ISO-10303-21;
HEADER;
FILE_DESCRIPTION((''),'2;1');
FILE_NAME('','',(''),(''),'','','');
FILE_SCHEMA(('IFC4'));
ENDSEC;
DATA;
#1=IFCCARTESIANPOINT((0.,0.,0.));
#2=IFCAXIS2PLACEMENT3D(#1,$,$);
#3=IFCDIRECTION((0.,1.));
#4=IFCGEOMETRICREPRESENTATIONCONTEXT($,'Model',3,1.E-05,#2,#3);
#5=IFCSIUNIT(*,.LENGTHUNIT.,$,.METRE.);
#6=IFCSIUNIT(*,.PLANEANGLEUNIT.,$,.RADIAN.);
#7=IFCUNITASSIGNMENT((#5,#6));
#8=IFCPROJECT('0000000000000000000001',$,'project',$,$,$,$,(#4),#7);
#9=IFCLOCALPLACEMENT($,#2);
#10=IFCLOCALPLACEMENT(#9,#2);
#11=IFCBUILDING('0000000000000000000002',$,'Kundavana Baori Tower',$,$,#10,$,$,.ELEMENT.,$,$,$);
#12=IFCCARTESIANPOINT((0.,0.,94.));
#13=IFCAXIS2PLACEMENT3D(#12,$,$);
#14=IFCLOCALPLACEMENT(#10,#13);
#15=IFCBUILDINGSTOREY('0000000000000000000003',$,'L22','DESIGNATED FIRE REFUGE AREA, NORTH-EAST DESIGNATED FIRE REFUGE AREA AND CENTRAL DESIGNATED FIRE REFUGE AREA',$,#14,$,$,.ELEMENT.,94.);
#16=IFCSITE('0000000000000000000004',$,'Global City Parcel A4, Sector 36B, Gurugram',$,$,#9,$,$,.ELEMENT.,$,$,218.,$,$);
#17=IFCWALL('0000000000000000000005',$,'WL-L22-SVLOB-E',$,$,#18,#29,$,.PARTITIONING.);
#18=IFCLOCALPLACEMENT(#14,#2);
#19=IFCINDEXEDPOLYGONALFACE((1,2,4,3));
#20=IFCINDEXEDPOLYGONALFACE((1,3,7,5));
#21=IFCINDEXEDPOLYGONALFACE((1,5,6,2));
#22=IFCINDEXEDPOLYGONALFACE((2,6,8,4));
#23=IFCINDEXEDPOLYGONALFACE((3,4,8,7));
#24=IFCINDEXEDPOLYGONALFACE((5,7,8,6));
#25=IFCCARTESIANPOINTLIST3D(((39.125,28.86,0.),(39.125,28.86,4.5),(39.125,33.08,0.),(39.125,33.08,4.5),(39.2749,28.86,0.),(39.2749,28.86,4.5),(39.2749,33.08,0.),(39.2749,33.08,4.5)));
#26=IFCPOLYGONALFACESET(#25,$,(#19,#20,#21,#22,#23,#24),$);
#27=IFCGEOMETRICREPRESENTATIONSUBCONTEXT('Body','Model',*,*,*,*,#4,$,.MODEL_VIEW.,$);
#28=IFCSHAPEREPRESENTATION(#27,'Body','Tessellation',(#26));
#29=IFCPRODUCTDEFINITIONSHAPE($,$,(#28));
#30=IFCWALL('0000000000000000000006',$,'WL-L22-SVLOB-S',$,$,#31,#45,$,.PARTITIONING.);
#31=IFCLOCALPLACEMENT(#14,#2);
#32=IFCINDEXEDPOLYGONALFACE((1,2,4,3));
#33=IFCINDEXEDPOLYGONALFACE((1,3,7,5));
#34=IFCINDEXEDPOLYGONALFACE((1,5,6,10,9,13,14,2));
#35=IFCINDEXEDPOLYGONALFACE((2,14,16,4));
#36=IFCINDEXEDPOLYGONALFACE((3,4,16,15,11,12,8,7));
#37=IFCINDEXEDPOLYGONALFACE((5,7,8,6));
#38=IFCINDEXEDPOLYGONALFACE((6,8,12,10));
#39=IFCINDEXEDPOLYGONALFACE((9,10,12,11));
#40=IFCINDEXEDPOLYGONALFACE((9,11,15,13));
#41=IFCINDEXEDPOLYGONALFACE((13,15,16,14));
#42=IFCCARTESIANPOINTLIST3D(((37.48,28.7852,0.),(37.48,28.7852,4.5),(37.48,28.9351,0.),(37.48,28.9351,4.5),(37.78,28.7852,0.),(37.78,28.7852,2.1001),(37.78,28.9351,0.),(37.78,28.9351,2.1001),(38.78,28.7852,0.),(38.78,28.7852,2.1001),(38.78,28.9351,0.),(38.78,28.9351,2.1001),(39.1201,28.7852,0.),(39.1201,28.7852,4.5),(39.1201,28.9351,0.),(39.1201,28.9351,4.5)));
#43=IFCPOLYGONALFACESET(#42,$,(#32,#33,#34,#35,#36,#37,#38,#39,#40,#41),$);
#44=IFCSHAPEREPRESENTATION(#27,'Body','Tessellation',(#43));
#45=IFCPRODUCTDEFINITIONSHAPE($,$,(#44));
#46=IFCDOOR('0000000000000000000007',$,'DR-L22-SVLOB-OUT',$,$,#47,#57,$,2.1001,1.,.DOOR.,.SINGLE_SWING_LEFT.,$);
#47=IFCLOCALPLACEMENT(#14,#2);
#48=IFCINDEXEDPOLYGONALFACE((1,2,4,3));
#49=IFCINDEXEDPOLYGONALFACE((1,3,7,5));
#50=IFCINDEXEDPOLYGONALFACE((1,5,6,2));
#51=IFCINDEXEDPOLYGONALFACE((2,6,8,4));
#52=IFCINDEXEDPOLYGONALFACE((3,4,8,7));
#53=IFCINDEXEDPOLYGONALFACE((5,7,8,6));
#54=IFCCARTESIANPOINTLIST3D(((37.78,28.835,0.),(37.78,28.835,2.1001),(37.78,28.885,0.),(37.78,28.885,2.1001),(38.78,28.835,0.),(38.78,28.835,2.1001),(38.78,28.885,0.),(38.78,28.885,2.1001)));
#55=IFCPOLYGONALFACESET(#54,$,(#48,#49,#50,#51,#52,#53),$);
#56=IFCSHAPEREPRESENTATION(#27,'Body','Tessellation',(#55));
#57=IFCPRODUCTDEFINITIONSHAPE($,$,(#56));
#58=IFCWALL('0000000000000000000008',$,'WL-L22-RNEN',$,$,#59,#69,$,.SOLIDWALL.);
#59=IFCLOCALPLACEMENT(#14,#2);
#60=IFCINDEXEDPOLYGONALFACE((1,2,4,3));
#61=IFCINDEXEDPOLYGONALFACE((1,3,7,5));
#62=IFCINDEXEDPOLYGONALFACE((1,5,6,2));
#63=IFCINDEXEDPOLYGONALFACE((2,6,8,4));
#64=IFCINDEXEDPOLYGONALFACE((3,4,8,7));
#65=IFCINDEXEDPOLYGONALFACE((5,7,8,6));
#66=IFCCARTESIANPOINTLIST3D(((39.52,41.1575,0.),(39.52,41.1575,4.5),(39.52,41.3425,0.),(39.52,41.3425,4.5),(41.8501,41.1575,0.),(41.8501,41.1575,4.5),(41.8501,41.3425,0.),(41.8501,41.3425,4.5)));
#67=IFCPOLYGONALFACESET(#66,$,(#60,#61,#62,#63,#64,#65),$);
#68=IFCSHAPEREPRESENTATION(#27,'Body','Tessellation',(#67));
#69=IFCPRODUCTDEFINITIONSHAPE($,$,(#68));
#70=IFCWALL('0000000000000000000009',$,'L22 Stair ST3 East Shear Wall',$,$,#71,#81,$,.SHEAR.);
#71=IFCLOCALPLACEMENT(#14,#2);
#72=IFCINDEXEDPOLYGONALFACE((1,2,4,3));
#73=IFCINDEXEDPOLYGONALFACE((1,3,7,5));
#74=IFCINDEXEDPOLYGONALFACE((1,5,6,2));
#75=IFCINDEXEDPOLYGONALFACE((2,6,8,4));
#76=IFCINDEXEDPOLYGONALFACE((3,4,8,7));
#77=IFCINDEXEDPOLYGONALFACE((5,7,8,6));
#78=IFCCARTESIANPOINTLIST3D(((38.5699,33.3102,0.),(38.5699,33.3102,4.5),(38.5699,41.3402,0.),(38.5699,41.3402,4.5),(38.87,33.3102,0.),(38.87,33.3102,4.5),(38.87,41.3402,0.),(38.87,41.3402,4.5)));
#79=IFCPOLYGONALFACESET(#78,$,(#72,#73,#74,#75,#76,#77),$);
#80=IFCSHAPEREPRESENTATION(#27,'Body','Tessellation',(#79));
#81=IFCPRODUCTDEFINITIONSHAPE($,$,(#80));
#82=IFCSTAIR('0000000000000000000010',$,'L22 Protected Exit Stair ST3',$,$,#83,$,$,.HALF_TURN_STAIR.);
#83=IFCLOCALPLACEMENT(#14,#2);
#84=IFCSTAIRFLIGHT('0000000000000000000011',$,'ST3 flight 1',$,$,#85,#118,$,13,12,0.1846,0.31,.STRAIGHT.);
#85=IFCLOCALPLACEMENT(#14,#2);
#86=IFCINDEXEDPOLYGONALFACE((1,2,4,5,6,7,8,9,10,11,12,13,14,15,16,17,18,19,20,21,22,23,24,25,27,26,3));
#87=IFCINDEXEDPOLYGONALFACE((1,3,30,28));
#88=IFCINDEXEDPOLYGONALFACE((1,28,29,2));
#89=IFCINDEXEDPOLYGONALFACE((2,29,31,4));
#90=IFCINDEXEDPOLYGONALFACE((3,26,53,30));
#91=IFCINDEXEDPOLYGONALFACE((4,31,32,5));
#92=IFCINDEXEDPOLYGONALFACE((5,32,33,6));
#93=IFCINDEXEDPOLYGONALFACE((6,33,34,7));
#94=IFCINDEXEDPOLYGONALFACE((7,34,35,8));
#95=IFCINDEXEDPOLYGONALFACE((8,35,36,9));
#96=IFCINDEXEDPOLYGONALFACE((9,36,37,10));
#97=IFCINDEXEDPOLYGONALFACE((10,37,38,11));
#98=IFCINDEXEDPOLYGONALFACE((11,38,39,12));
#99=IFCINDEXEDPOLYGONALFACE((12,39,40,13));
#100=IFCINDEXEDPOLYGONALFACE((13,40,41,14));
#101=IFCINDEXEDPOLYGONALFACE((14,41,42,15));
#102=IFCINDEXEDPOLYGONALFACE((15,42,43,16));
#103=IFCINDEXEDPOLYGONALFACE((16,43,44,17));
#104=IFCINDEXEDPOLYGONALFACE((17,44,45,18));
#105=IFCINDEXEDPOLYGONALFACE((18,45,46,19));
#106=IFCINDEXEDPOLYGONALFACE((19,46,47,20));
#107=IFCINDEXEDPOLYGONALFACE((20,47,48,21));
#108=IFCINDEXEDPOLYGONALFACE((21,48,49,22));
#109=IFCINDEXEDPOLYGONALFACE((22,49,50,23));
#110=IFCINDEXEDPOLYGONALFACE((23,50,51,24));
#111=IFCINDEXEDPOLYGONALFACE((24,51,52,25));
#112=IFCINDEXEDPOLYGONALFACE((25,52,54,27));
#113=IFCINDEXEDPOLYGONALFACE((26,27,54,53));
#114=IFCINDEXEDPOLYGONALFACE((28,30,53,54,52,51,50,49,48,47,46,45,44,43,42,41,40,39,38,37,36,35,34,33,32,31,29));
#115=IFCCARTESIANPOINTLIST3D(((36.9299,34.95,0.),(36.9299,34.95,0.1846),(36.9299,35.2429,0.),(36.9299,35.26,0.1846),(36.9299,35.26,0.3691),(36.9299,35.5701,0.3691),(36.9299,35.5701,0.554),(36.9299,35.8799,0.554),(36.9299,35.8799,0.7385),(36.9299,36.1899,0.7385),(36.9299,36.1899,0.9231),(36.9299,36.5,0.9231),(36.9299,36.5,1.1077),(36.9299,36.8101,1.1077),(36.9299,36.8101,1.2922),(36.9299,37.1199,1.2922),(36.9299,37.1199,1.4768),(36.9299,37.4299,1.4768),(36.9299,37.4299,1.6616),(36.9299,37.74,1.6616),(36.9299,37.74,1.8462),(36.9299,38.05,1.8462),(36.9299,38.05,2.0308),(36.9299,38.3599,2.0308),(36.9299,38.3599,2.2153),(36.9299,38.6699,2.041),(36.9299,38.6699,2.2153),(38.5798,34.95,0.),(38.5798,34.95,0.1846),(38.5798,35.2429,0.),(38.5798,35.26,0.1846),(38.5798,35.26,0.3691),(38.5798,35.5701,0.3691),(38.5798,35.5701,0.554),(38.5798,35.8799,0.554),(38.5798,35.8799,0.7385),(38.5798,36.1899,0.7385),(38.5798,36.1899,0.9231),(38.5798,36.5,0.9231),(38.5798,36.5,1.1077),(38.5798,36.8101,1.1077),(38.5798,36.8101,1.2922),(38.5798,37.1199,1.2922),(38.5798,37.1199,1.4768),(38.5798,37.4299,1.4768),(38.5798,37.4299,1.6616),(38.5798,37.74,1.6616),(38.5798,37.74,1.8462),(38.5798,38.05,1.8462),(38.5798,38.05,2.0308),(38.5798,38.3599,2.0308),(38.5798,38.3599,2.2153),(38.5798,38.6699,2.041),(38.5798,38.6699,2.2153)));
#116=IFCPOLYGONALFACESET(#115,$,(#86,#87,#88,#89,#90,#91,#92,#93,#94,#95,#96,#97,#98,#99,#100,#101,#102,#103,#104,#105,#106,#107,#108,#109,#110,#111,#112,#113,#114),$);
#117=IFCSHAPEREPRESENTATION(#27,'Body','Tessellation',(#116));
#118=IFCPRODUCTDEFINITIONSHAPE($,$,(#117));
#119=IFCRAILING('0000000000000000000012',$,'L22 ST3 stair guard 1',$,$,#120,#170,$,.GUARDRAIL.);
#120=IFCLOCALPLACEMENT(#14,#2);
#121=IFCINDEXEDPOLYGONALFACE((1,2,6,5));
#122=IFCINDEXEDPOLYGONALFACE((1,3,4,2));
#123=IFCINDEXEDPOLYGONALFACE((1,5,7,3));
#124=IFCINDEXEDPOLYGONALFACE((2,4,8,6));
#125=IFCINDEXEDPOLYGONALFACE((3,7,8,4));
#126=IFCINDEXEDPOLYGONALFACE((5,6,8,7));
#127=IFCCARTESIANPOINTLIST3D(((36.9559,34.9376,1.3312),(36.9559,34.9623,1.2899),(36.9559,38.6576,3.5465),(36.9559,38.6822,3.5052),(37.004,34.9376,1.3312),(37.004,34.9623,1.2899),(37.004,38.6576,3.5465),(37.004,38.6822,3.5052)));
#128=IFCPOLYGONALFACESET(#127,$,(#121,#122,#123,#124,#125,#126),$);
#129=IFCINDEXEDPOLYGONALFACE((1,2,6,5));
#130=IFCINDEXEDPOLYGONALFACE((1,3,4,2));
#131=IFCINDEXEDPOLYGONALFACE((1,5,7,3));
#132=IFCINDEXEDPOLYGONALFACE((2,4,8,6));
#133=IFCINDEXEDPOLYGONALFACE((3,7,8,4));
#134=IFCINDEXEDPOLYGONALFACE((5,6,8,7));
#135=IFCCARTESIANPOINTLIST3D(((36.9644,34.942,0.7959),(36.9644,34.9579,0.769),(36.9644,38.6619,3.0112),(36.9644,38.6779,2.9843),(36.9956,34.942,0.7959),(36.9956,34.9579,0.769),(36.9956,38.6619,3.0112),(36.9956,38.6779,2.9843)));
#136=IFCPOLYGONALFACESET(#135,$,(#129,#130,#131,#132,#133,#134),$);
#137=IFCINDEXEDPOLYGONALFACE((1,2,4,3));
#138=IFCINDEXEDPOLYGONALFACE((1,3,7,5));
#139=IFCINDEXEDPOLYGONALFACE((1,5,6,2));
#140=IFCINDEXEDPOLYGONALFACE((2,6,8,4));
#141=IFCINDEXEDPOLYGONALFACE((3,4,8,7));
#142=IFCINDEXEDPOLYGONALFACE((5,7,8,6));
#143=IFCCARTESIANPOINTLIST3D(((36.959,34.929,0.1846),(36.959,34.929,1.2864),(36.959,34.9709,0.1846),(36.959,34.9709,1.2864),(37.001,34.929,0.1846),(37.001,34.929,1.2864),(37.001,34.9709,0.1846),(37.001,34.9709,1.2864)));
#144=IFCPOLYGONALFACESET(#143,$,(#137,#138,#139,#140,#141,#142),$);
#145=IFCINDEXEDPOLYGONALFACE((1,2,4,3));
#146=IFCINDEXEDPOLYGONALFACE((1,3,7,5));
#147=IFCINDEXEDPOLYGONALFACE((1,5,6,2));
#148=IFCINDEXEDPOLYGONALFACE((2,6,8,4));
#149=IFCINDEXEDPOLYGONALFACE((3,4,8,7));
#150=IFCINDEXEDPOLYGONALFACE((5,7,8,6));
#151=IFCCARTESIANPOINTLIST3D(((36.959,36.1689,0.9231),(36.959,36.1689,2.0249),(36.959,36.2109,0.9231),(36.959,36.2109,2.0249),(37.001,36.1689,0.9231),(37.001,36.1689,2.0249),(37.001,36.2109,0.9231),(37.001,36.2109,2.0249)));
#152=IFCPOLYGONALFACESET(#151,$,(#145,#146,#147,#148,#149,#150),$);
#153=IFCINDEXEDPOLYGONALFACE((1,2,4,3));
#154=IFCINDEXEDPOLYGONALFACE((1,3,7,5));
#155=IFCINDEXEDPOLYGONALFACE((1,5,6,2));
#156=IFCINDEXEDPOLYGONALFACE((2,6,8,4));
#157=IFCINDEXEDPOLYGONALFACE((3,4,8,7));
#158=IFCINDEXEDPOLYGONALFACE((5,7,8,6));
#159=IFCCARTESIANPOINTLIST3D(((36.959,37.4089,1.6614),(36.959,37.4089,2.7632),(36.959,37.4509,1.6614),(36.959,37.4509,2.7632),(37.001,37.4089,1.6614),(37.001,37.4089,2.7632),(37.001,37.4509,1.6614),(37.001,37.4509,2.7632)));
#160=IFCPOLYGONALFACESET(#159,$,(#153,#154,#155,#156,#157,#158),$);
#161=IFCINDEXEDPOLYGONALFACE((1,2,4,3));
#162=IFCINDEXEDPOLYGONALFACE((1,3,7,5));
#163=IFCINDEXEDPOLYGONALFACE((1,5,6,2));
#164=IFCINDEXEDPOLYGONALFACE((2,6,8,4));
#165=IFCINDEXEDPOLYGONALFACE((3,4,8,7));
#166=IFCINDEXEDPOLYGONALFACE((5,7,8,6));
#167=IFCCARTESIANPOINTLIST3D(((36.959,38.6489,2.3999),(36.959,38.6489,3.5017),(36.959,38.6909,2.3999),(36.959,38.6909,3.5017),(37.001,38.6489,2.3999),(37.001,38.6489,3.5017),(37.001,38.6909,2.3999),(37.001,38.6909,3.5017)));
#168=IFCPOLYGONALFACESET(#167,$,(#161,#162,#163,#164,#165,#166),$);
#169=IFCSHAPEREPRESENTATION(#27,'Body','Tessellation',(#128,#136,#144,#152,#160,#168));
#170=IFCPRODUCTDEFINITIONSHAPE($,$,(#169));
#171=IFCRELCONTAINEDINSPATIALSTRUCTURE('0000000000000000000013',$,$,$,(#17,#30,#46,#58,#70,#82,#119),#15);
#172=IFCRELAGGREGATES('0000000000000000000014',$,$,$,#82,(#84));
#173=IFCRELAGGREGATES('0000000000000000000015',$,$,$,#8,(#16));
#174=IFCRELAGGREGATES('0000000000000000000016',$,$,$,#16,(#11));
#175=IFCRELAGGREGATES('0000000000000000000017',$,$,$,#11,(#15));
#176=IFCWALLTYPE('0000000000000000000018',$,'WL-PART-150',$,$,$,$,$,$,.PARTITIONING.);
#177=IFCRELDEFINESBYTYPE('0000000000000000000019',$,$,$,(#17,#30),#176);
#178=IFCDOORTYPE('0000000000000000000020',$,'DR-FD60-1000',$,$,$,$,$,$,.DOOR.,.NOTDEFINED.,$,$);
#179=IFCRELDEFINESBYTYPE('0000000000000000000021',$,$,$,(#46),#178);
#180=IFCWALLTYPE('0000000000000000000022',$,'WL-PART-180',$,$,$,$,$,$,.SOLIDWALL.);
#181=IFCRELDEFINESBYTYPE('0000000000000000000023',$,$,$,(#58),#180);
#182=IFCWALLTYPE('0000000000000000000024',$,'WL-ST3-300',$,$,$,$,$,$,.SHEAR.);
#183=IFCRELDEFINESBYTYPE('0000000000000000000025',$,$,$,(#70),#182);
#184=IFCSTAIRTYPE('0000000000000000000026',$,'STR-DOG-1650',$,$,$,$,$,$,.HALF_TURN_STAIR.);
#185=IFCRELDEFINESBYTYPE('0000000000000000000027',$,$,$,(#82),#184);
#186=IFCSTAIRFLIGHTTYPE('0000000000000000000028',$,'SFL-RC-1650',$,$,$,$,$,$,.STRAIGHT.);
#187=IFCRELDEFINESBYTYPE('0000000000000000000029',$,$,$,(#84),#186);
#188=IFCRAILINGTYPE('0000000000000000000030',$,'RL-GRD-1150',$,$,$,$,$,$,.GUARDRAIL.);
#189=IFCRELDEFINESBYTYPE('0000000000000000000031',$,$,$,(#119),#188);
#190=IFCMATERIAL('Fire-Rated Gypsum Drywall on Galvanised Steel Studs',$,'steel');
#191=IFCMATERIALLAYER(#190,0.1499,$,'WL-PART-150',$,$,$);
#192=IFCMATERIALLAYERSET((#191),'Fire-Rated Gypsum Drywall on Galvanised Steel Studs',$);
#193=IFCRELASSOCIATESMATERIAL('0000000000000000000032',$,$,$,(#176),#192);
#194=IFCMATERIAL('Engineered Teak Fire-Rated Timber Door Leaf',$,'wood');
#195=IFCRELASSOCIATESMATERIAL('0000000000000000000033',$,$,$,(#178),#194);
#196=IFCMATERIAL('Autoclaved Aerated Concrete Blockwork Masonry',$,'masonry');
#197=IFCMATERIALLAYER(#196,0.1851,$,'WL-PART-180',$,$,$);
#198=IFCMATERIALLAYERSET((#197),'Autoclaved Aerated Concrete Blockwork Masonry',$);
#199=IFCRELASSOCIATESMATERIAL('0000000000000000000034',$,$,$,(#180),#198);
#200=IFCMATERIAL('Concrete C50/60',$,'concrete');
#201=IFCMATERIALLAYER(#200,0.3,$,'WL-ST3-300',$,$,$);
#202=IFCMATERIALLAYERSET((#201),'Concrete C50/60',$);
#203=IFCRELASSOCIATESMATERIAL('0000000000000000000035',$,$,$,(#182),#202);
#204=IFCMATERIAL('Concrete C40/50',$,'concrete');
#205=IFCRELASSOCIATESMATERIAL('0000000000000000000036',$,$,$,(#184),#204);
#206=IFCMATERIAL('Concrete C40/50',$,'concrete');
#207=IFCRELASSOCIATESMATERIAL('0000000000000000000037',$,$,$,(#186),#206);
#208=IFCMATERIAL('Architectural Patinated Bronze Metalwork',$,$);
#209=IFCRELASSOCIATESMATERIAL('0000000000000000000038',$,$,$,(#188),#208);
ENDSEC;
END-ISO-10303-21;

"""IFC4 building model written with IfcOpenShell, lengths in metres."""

from ifc_helpers import new_model, si_unit, direction, frame, frame_2d, origin, origin_2d, place, context, subcontext, project, spatial, polyline, rectangle, outline, extrude, material, layer, layer_set, type_object, element, fill, aggregate, save


model = new_model("IFC4")

# Units and contexts
model_context = context("Model", 3, precision=1e-05, world=origin(), true_north=direction((0.0, 1.0)))
body_context = subcontext(model_context, "Body", "Model", "MODEL_VIEW")
ifc_project = project(units=[si_unit("LENGTHUNIT", "METRE"), si_unit("PLANEANGLEUNIT", "RADIAN")], contexts=[model_context])

# Site, building, storey
site_placement = place(None, origin())
site = spatial("IfcSite", under=ifc_project, at=site_placement, Name="Global City Parcel A4, Sector 36B, Gurugram", CompositionType="ELEMENT", RefElevation=218.0)
building_placement = place(site_placement, origin())
building = spatial("IfcBuilding", under=site, at=building_placement, Name="Kundavana Baori Tower", CompositionType="ELEMENT")
storey_placement = place(building_placement, frame((0.0, 0.0, 94.0)))
storey = spatial("IfcBuildingStorey", under=building, at=storey_placement, Name="L22", Description="DESIGNATED FIRE REFUGE AREA, NORTH-EAST DESIGNATED FIRE REFUGE AREA AND CENTRAL DESIGNATED FIRE REFUGE AREA", CompositionType="ELEMENT", Elevation=94.0)

# Wall
ifc_material_1 = material(Name="Fire-Rated Gypsum Drywall on Galvanised Steel Studs", Category="steel")
ifc_layer_1 = layer(ifc_material_1, 0.1499, Name="WL-PART-150")
ifc_layer_set_1 = layer_set([ifc_layer_1], Name="Fire-Rated Gypsum Drywall on Galvanised Steel Studs")
wall_type_1 = type_object("IfcWallType", Name="WL-PART-150", PredefinedType="PARTITIONING", material=ifc_layer_set_1)
wall_1_placement = place(storey_placement, frame((39.2, 28.8601, 0.0), z_axis=(0.0, 0.0, 1.0), x_axis=(0.0, 1.0, 0.0)))
element("IfcWall", 1, at=wall_1_placement, inside=storey, type_object=wall_type_1, Name="WL-L22-SVLOB-E", PredefinedType="PARTITIONING", context=body_context, shape_type="SweptSolid", body=[
    extrude(rectangle(XDim=4.22, YDim=0.1499, at=frame_2d((2.1099, 0.0))), origin(), (0.0, 0.0, 1.0), 4.5),
])

# Wall, opening, door
wall_2_placement = place(storey_placement, frame((37.48, 28.8601, 0.0), z_axis=(0.0, 0.0, 1.0), x_axis=(1.0, 0.0, 0.0)))
wall_2 = element("IfcWall", 2, at=wall_2_placement, inside=storey, type_object=wall_type_1, Name="WL-L22-SVLOB-S", PredefinedType="PARTITIONING", context=body_context, shape_type="SweptSolid", body=[
    extrude(rectangle(XDim=1.6401, YDim=0.1499, at=frame_2d((0.8201, 0.0))), origin(), (0.0, 0.0, 1.0), 4.5),
])
opening_1_placement = place(wall_2_placement, frame((0.3, 0.0, 0.0)))
opening_1 = element("IfcOpeningElement", 3, at=opening_1_placement, cuts=wall_2, PredefinedType="OPENING", context=body_context, shape_type="SweptSolid", body=[
    extrude(rectangle(XDim=1.0, YDim=2.1001, at=frame_2d((0.5, 1.05))), frame((0.0, 0.085, 0.0), z_axis=(0.0, -1.0, 0.0), x_axis=(1.0, 0.0, 0.0)), (0.0, 0.0, 1.0), 0.1699),
])
ifc_material_2 = material(Name="Engineered Teak Fire-Rated Timber Door Leaf", Category="wood")
door_type_1 = type_object("IfcDoorType", Name="DR-FD60-1000", OperationType="NOTDEFINED", PredefinedType="DOOR", material=ifc_material_2)
door_1_placement = place(opening_1_placement, origin())
door_1 = element("IfcDoor", 4, at=door_1_placement, inside=storey, type_object=door_type_1, Name="DR-L22-SVLOB-OUT", OperationType="SINGLE_SWING_LEFT", OverallHeight=2.1001, OverallWidth=1.0, PredefinedType="DOOR", context=body_context, shape_type="SweptSolid", body=[
    extrude(rectangle(XDim=1.0, YDim=2.1001, at=frame_2d((0.5, 1.05))), frame((0.0, 0.0249, 0.0), z_axis=(0.0, -1.0, 0.0), x_axis=(1.0, 0.0, 0.0)), (0.0, 0.0, 1.0), 0.05),
])
fill(opening_1, door_1)

# Wall
ifc_material_3 = material(Name="Autoclaved Aerated Concrete Blockwork Masonry", Category="masonry")
ifc_layer_2 = layer(ifc_material_3, 0.1851, Name="WL-PART-180")
ifc_layer_set_2 = layer_set([ifc_layer_2], Name="Autoclaved Aerated Concrete Blockwork Masonry")
wall_type_2 = type_object("IfcWallType", Name="WL-PART-180", PredefinedType="SOLIDWALL", material=ifc_layer_set_2)
wall_3_placement = place(storey_placement, frame((39.52, 41.25, 0.0), z_axis=(0.0, 0.0, 1.0), x_axis=(1.0, 0.0, 0.0)))
element("IfcWall", 5, at=wall_3_placement, inside=storey, type_object=wall_type_2, Name="WL-L22-RNEN", PredefinedType="SOLIDWALL", context=body_context, shape_type="SweptSolid", body=[
    extrude(rectangle(XDim=2.3301, YDim=0.1851, at=frame_2d((1.165, 0.0))), origin(), (0.0, 0.0, 1.0), 4.5),
])

# Wall
ifc_material_4 = material(Name="Concrete C50/60", Category="concrete")
ifc_layer_3 = layer(ifc_material_4, 0.3, Name="WL-ST3-300")
ifc_layer_set_3 = layer_set([ifc_layer_3], Name="Concrete C50/60")
wall_type_3 = type_object("IfcWallType", Name="WL-ST3-300", PredefinedType="SHEAR", material=ifc_layer_set_3)
wall_4_placement = place(storey_placement, frame((38.72, 33.3101, 0.0), z_axis=(0.0, 0.0, 1.0), x_axis=(0.0, 1.0, 0.0)))
element("IfcWall", 6, at=wall_4_placement, inside=storey, type_object=wall_type_3, Name="L22 Stair ST3 East Shear Wall", PredefinedType="SHEAR", context=body_context, shape_type="SweptSolid", body=[
    extrude(rectangle(XDim=8.03, YDim=0.3, at=frame_2d((4.0151, 0.0))), origin(), (0.0, 0.0, 1.0), 4.5),
])

# Stair, stair flight
ifc_material_5 = material(Name="Concrete C40/50", Category="concrete")
stair_type = type_object("IfcStairType", Name="STR-DOG-1650", PredefinedType="HALF_TURN_STAIR", material=ifc_material_5)
stair_placement = place(storey_placement, origin())
stair = element("IfcStair", 7, at=stair_placement, inside=storey, type_object=stair_type, Name="L22 Protected Exit Stair ST3", PredefinedType="HALF_TURN_STAIR")
ifc_material_6 = material(Name="Concrete C40/50", Category="concrete")
stair_flight_type = type_object("IfcStairFlightType", Name="SFL-RC-1650", PredefinedType="STRAIGHT", material=ifc_material_6)
stair_flight_placement = place(storey_placement, frame((37.7549, 34.95, 0.0), z_axis=(0.0, 0.0, 1.0), x_axis=(0.0, 1.0, 0.0)))
stair_flight = element("IfcStairFlight", 8, at=stair_flight_placement, type_object=stair_flight_type, Name="ST3 flight 1", NumberOfRisers=13, NumberOfTreads=12, PredefinedType="STRAIGHT", RiserHeight=0.1846, TreadLength=0.31, context=body_context, shape_type="SweptSolid", body=[
    extrude(outline(polyline([(0.0, 0.0), (0.0, 0.1846), (0.3101, 0.1846), (0.3101, 0.3691), (0.6201, 0.3691), (0.6201, 0.554), (0.9299, 0.554), (0.9299, 0.7385), (1.24, 0.7385), (1.24, 0.9231), (1.55, 0.9231), (1.55, 1.1077), (1.8601, 1.1077), (1.8601, 1.2922), (2.1699, 1.2922), (2.1699, 1.4768), (2.48, 1.4768), (2.48, 1.6616), (2.79, 1.6616), (2.79, 1.8462), (3.1001, 1.8462), (3.1001, 2.0308), (3.4099, 2.0308), (3.4099, 2.2153), (3.72, 2.2153), (3.72, 2.3999), (3.72, 2.041), (0.293, 0.0), (0.0, 0.0)])), frame((0.0, 0.825, 0.0), z_axis=(0.0, -1.0, 0.0), x_axis=(1.0, 0.0, 0.0)), (0.0, 0.0, 1.0), 1.6499),
])
aggregate(stair, [stair_flight])

# Railing
ifc_material_7 = material(Name="Architectural Patinated Bronze Metalwork")
railing_type_1 = type_object("IfcRailingType", Name="RL-GRD-1150", PredefinedType="GUARDRAIL", material=ifc_material_7)
railing_1_placement = place(storey_placement, frame((36.98, 34.95, 0.1846)))
element("IfcRailing", 9, at=railing_1_placement, inside=storey, type_object=railing_type_1, Name="L22 ST3 stair guard 1", PredefinedType="GUARDRAIL", context=body_context, shape_type="SweptSolid", body=[
    extrude(rectangle(XDim=0.0481, YDim=0.0481, at=origin_2d()), frame((0.0, 0.0, 1.126), z_axis=(0.0, 0.859185, 0.511665), x_axis=(-1.0, 0.0, 0.0)), (0.0, 0.0, 1.0), 4.3296),
    extrude(rectangle(XDim=0.0312, YDim=0.0312, at=origin_2d()), frame((0.0, 0.0, 0.5979), z_axis=(0.0, 0.859185, 0.511665), x_axis=(-1.0, 0.0, 0.0)), (0.0, 0.0, 1.0), 4.3296),
    extrude(rectangle(XDim=0.042, YDim=0.042, at=origin_2d()), origin(), (0.0, 0.0, 1.0), 1.1018),
    extrude(rectangle(XDim=0.042, YDim=0.042, at=origin_2d()), frame((0.0, 1.24, 0.7385)), (0.0, 0.0, 1.0), 1.1018),
    extrude(rectangle(XDim=0.042, YDim=0.042, at=origin_2d()), frame((0.0, 2.48, 1.4768)), (0.0, 0.0, 1.0), 1.1018),
    extrude(rectangle(XDim=0.042, YDim=0.042, at=origin_2d()), frame((0.0, 3.72, 2.2153)), (0.0, 0.0, 1.0), 1.1018),
])

save(model, "model.ifc")
